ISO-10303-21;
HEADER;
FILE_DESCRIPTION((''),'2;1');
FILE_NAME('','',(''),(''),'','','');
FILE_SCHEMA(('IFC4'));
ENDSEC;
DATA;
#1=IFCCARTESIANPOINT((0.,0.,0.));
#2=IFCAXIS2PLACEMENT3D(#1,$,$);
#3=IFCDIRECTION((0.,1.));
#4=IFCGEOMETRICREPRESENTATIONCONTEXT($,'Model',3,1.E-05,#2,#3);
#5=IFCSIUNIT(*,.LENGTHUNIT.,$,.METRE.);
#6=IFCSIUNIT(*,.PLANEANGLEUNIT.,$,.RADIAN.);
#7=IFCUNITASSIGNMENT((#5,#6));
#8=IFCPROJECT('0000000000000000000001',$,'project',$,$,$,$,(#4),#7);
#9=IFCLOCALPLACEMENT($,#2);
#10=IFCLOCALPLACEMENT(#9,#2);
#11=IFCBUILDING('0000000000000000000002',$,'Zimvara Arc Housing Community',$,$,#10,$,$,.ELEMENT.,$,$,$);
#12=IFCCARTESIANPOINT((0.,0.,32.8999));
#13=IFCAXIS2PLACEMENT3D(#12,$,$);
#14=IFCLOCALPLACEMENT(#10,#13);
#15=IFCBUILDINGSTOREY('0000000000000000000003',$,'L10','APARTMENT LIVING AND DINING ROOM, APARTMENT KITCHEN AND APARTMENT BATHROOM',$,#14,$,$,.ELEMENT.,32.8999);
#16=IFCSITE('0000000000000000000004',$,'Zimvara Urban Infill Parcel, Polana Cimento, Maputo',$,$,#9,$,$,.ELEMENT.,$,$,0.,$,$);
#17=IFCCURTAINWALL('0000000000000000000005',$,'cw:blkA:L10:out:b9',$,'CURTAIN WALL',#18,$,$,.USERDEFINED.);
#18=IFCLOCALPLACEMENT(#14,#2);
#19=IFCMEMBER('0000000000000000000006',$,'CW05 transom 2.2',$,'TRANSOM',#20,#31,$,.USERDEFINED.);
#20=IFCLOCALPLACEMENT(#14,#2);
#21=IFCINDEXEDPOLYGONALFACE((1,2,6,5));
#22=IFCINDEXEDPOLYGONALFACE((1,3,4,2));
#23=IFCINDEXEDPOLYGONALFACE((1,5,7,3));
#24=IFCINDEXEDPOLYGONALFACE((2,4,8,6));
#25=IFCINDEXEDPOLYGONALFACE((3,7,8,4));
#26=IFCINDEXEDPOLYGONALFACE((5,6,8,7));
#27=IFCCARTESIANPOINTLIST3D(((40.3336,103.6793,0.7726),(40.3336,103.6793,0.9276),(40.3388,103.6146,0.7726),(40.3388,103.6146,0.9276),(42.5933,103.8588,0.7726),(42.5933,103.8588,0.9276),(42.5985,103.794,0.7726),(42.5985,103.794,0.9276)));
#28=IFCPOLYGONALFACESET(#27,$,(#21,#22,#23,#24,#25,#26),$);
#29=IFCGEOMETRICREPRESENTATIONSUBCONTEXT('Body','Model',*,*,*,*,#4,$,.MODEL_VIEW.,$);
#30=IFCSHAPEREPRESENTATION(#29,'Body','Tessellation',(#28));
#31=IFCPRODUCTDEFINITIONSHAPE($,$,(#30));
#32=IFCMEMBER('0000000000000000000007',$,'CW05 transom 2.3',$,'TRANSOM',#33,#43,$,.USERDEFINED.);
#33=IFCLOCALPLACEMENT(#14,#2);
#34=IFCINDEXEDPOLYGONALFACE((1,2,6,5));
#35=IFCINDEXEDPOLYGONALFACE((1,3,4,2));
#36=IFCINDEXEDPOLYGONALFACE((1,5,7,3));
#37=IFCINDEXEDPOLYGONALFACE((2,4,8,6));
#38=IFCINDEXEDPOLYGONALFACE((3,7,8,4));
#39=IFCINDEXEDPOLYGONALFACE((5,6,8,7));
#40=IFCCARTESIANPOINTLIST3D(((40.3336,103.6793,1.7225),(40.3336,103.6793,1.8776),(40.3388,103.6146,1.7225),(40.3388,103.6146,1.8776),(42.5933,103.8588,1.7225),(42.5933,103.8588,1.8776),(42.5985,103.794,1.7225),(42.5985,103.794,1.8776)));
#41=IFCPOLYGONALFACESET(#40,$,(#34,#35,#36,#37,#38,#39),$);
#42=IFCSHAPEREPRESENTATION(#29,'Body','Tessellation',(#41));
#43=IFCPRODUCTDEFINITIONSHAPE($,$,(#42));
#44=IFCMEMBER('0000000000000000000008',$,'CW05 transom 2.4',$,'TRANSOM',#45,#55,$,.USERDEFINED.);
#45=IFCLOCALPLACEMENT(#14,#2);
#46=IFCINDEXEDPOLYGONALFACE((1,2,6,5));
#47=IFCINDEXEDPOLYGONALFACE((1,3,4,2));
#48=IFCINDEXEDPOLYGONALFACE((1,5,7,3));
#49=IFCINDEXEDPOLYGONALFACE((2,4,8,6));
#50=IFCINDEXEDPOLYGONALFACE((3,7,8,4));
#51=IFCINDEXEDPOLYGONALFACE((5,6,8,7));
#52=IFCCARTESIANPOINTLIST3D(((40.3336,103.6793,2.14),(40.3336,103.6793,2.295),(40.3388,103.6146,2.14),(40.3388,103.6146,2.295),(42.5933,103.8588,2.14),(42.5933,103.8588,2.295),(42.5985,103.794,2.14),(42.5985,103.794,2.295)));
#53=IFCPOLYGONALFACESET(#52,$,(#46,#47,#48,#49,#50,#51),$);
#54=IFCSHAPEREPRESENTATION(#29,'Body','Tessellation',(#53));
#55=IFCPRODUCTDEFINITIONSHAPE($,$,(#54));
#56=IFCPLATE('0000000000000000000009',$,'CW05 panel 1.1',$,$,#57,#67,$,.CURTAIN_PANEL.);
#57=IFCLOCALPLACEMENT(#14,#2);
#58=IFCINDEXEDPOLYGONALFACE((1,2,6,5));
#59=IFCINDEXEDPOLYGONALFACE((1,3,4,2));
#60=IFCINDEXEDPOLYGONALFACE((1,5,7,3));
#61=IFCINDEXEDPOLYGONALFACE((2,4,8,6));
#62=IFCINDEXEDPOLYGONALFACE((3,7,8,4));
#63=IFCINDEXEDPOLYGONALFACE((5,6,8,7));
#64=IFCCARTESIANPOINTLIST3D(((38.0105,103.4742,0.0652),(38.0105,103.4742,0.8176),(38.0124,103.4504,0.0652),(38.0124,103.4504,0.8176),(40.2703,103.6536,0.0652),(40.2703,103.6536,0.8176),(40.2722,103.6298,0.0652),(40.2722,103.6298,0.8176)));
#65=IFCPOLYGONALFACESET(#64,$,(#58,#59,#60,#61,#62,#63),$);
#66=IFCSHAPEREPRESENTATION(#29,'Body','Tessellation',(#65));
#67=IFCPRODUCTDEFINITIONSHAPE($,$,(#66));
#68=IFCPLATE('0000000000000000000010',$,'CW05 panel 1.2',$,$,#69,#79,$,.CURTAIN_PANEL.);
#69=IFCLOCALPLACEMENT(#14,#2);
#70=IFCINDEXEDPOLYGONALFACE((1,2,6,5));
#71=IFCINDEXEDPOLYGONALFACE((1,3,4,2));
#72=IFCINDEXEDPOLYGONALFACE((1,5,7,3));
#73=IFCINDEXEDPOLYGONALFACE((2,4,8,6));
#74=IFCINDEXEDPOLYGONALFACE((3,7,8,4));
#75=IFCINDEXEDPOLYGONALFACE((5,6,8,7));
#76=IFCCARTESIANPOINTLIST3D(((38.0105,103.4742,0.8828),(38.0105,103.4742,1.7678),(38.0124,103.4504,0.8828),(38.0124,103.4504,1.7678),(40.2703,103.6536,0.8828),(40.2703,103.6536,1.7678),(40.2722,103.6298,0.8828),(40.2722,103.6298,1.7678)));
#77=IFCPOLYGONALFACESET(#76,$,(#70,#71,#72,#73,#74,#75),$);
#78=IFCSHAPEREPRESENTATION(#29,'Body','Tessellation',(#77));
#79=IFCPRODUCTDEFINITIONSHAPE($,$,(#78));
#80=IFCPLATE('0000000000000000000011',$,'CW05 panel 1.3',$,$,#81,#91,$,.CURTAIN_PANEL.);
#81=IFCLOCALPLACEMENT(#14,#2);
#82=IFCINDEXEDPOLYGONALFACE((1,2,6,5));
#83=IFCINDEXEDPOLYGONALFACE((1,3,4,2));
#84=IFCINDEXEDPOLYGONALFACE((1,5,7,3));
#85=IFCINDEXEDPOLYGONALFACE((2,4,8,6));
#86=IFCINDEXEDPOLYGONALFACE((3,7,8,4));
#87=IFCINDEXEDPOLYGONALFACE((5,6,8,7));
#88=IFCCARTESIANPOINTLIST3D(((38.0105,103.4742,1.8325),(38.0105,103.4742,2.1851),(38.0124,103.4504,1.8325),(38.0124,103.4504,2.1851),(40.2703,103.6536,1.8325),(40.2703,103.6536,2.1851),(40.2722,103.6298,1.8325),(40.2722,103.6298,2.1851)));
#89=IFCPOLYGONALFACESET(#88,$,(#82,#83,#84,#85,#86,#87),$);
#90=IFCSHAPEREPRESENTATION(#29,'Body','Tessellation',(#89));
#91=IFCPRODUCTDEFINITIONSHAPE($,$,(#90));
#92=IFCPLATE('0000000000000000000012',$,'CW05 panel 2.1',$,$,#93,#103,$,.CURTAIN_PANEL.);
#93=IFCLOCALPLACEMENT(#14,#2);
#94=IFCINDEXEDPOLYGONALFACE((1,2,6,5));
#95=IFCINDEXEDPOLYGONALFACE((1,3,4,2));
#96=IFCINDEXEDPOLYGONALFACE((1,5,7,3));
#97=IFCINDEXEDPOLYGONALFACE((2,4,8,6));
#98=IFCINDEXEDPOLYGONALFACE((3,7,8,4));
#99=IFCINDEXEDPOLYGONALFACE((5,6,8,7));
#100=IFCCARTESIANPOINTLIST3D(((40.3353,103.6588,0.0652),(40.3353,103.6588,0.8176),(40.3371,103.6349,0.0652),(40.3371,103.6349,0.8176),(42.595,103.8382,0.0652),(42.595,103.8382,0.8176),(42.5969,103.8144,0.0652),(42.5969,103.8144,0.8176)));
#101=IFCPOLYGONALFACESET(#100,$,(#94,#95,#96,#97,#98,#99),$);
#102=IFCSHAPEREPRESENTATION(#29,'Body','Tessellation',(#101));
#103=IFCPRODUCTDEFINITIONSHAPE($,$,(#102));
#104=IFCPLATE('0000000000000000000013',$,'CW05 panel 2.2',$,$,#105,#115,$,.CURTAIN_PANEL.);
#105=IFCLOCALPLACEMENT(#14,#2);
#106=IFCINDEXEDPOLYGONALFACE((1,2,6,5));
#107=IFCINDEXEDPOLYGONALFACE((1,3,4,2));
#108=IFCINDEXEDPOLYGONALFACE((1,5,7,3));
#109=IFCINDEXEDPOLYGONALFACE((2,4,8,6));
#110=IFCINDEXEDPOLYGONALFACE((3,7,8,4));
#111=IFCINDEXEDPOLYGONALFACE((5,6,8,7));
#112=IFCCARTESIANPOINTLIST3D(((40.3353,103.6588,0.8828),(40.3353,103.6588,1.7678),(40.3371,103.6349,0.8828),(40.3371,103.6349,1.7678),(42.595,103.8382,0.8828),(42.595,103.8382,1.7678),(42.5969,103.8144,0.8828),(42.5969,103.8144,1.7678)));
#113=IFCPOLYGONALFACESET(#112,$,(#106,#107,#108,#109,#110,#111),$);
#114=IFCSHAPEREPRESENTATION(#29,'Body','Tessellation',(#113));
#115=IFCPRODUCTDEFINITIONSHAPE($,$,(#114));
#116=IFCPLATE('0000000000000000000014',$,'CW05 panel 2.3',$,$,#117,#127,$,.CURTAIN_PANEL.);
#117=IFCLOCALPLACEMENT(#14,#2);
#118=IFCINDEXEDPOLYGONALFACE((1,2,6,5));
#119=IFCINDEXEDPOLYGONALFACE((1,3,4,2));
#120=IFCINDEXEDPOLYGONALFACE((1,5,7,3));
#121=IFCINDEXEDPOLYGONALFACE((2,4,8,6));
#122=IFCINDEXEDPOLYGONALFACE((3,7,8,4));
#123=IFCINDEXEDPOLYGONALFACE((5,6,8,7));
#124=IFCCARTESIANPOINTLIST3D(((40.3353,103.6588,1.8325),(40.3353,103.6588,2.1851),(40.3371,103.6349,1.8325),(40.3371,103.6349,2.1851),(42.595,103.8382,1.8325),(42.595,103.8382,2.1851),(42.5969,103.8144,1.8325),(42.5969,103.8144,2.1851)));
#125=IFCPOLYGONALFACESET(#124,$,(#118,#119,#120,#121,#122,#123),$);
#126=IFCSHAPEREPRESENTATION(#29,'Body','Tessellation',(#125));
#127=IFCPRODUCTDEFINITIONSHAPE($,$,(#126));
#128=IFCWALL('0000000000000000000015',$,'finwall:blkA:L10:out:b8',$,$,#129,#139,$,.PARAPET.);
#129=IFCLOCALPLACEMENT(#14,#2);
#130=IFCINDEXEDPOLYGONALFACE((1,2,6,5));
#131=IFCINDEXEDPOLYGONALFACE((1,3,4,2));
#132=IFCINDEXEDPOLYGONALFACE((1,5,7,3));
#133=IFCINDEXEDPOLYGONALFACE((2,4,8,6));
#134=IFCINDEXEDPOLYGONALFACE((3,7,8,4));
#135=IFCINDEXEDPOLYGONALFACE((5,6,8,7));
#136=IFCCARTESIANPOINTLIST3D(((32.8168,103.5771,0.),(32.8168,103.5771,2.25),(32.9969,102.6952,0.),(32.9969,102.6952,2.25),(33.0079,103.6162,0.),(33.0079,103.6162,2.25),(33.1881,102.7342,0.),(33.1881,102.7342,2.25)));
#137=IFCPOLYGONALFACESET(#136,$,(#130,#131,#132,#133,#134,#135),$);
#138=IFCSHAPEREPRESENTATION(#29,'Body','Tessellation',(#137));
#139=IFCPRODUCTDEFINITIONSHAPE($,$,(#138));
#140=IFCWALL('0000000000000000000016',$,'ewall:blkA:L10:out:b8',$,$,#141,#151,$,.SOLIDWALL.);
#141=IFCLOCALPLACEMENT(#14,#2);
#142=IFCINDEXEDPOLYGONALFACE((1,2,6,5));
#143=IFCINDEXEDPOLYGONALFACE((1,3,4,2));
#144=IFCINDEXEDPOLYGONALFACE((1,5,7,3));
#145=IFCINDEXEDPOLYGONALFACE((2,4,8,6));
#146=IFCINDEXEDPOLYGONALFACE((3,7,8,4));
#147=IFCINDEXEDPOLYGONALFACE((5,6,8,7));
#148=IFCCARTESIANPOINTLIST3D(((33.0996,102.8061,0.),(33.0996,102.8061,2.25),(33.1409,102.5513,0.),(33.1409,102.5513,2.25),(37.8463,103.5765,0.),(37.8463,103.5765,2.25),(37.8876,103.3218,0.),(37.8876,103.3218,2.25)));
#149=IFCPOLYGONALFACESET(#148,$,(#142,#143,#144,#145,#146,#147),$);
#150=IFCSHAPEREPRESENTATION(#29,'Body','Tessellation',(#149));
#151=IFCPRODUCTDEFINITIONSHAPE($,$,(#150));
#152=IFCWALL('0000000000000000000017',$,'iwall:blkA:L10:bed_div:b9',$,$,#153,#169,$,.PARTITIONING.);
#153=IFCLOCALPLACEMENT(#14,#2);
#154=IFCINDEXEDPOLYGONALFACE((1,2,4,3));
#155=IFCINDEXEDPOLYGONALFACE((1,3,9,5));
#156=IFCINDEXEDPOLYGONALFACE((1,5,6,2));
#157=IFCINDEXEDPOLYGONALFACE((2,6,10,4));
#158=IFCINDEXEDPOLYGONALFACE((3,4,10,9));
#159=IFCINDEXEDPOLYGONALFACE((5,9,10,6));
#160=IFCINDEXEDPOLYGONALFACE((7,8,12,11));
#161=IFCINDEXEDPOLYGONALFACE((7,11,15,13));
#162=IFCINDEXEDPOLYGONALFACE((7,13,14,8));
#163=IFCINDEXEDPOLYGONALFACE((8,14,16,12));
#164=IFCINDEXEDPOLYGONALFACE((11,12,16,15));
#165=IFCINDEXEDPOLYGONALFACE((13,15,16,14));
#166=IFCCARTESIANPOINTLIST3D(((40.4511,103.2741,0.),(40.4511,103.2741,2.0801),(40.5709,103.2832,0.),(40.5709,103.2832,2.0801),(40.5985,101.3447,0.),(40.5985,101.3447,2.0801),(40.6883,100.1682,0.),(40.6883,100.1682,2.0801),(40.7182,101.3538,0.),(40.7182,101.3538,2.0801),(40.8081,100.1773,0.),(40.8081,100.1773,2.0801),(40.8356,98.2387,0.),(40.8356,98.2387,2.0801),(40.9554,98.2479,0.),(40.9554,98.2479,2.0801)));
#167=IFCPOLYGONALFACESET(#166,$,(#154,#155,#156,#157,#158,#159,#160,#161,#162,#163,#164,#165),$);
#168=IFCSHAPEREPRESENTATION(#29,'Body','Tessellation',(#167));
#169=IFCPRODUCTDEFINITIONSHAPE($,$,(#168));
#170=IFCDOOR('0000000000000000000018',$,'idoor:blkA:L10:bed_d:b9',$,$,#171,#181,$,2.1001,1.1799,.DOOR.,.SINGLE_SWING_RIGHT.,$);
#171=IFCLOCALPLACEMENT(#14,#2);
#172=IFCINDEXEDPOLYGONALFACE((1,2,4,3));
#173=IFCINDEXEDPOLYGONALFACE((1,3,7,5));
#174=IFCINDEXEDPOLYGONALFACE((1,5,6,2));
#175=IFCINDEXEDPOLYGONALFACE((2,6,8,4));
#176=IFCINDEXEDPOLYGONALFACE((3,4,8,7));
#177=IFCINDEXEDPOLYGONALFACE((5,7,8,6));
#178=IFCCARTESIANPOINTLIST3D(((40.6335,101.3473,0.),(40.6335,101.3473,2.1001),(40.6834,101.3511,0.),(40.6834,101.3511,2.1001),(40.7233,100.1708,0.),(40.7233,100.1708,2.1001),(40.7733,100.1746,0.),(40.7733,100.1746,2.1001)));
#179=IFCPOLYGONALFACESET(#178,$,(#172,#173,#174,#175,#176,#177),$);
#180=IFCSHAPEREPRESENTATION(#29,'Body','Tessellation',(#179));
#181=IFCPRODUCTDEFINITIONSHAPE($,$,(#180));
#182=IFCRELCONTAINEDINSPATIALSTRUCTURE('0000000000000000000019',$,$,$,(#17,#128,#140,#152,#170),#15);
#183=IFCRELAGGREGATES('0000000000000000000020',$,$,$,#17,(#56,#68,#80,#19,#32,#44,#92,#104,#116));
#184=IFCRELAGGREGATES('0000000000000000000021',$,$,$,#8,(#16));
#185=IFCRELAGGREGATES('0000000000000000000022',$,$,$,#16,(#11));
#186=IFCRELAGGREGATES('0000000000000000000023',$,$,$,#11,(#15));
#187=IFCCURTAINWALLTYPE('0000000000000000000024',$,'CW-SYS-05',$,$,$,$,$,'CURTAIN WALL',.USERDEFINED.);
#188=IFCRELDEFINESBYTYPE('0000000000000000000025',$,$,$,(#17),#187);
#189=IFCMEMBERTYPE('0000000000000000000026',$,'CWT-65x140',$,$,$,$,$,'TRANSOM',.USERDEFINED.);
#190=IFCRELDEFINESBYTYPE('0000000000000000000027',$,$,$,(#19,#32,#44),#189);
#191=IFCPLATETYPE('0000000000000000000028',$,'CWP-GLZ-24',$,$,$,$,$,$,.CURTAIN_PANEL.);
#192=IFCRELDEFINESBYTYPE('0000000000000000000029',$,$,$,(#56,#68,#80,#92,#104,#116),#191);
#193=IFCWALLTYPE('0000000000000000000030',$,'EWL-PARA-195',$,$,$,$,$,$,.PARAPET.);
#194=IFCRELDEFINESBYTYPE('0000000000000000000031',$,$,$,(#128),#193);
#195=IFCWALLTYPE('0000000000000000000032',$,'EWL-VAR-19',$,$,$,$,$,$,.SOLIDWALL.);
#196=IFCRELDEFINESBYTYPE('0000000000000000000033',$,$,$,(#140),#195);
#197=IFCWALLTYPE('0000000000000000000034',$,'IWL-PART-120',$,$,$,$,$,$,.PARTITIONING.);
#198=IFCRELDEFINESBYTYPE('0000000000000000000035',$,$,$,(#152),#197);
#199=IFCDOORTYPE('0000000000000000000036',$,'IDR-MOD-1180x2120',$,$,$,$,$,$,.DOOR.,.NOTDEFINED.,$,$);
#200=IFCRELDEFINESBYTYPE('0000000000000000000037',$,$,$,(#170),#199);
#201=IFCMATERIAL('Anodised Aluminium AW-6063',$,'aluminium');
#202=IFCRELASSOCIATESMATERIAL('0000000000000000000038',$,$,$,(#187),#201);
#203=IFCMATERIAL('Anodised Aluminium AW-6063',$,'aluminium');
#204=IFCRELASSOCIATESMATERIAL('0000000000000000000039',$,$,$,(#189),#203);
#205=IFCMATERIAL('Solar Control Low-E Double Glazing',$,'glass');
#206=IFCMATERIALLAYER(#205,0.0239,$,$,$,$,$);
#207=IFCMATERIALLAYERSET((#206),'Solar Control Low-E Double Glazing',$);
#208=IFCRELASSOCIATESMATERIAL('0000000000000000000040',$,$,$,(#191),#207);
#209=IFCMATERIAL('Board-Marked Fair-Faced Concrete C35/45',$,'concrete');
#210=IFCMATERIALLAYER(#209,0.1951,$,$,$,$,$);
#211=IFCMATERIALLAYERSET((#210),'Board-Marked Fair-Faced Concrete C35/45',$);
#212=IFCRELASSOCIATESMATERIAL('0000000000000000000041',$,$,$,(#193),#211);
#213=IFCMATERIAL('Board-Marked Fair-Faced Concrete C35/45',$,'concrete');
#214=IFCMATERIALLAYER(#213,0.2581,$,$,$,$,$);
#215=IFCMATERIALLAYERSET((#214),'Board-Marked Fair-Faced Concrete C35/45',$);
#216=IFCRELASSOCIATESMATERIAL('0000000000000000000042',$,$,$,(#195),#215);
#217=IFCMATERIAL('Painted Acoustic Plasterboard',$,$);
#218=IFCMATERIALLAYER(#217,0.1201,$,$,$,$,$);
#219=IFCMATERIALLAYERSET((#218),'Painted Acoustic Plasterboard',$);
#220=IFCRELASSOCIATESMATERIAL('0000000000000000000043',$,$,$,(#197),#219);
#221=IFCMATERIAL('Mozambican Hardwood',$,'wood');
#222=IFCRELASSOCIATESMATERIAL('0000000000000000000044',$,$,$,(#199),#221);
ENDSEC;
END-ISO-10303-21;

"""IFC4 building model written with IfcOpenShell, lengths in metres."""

from ifc_helpers import new_model, si_unit, direction, frame, frame_2d, origin, origin_2d, place, context, subcontext, project, spatial, rectangle, extrude, material, layer, layer_set, material_profile, profile_set, type_object, element, fill, aggregate, save


model = new_model("IFC4")

# Units and contexts
model_context = context("Model", 3, precision=1e-05, world=origin(), true_north=direction((0.0, 1.0)))
body_context = subcontext(model_context, "Body", "Model", "MODEL_VIEW")
ifc_project = project(units=[si_unit("LENGTHUNIT", "METRE"), si_unit("PLANEANGLEUNIT", "RADIAN")], contexts=[model_context])

# Site, building, storey
site_placement = place(None, origin())
site = spatial("IfcSite", under=ifc_project, at=site_placement, Name="Zimvara Urban Infill Parcel, Polana Cimento, Maputo", CompositionType="ELEMENT", RefElevation=0.0)
building_placement = place(site_placement, origin())
building = spatial("IfcBuilding", under=site, at=building_placement, Name="Zimvara Arc Housing Community", CompositionType="ELEMENT")
storey_placement = place(building_placement, frame((0.0, 0.0, 32.8999)))
storey = spatial("IfcBuildingStorey", under=building, at=storey_placement, Name="L10", Description="APARTMENT LIVING AND DINING ROOM, APARTMENT KITCHEN AND APARTMENT BATHROOM", CompositionType="ELEMENT", Elevation=32.8999)

# Curtain wall, members, plates
ifc_material_1 = material(Name="Anodised Aluminium AW-6063", Category="aluminium")
curtain_wall_type = type_object("IfcCurtainWallType", Name="CW-SYS-05", ElementType="CURTAIN WALL", PredefinedType="USERDEFINED", material=ifc_material_1)
curtain_wall_placement = place(storey_placement, origin())
curtain_wall = element("IfcCurtainWall", 1, at=curtain_wall_placement, inside=storey, type_object=curtain_wall_type, Name="cw:blkA:L10:out:b9", ObjectType="CURTAIN WALL", PredefinedType="USERDEFINED")
ifc_material_2 = material(Name="Anodised Aluminium AW-6063", Category="aluminium")
ifc_material_profile_1 = material_profile(ifc_material_2, rectangle(XDim=0.0649, YDim=0.155, at=origin_2d()), Name="ALU 65x155")
ifc_profile_set_1 = profile_set([ifc_material_profile_1], Name="Anodised Aluminium AW-6063")
member_type_1 = type_object("IfcMemberType", Name="CWT-65x140", ElementType="TRANSOM", PredefinedType="USERDEFINED", material=ifc_profile_set_1)
member_1_placement = place(storey_placement, frame((40.3362, 103.647, 0.8501), z_axis=(0.996862, 0.079159, 0.0), x_axis=(-0.079159, 0.996862, 0.0)))
member_1 = element("IfcMember", 2, at=member_1_placement, type_object=member_type_1, Name="CW05 transom 2.2", ObjectType="TRANSOM", PredefinedType="USERDEFINED", context=body_context, shape_type="SweptSolid", body=[
    extrude(rectangle(XDim=0.0649, YDim=0.155, at=origin_2d()), origin(), (0.0, 0.0, 1.0), 2.2668),
])
member_2_placement = place(storey_placement, frame((40.3362, 103.647, 1.8), z_axis=(0.996862, 0.079159, 0.0), x_axis=(-0.079159, 0.996862, 0.0)))
member_2 = element("IfcMember", 3, at=member_2_placement, type_object=member_type_1, Name="CW05 transom 2.3", ObjectType="TRANSOM", PredefinedType="USERDEFINED", context=body_context, shape_type="SweptSolid", body=[
    extrude(rectangle(XDim=0.0649, YDim=0.155, at=origin_2d()), origin(), (0.0, 0.0, 1.0), 2.2668),
])
member_3_placement = place(storey_placement, frame((40.3362, 103.647, 2.2175), z_axis=(0.996862, 0.079159, 0.0), x_axis=(-0.079159, 0.996862, 0.0)))
member_3 = element("IfcMember", 4, at=member_3_placement, type_object=member_type_1, Name="CW05 transom 2.4", ObjectType="TRANSOM", PredefinedType="USERDEFINED", context=body_context, shape_type="SweptSolid", body=[
    extrude(rectangle(XDim=0.0649, YDim=0.155, at=origin_2d()), origin(), (0.0, 0.0, 1.0), 2.2668),
])
ifc_material_3 = material(Name="Solar Control Low-E Double Glazing", Category="glass")
ifc_layer_1 = layer(ifc_material_3, 0.0239)
ifc_layer_set_1 = layer_set([ifc_layer_1], Name="Solar Control Low-E Double Glazing")
plate_type = type_object("IfcPlateType", Name="CWP-GLZ-24", PredefinedType="CURTAIN_PANEL", material=ifc_layer_set_1)
plate_1_placement = place(storey_placement, frame((39.1414, 103.552, 0.0652), z_axis=(0.0, 0.0, 1.0), x_axis=(0.996862, 0.079154, 0.0)))
plate_1 = element("IfcPlate", 5, at=plate_1_placement, type_object=plate_type, Name="CW05 panel 1.1", PredefinedType="CURTAIN_PANEL", context=body_context, shape_type="SweptSolid", body=[
    extrude(rectangle(XDim=2.2668, YDim=0.0239, at=origin_2d()), origin(), (0.0, 0.0, 1.0), 0.7524),
])
plate_2_placement = place(storey_placement, frame((39.1414, 103.552, 0.8828), z_axis=(0.0, 0.0, 1.0), x_axis=(0.996862, 0.079154, 0.0)))
plate_2 = element("IfcPlate", 6, at=plate_2_placement, type_object=plate_type, Name="CW05 panel 1.2", PredefinedType="CURTAIN_PANEL", context=body_context, shape_type="SweptSolid", body=[
    extrude(rectangle(XDim=2.2668, YDim=0.0239, at=origin_2d()), origin(), (0.0, 0.0, 1.0), 0.885),
])
plate_3_placement = place(storey_placement, frame((39.1414, 103.552, 1.8325), z_axis=(0.0, 0.0, 1.0), x_axis=(0.996862, 0.079154, 0.0)))
plate_3 = element("IfcPlate", 7, at=plate_3_placement, type_object=plate_type, Name="CW05 panel 1.3", PredefinedType="CURTAIN_PANEL", context=body_context, shape_type="SweptSolid", body=[
    extrude(rectangle(XDim=2.2668, YDim=0.0239, at=origin_2d()), origin(), (0.0, 0.0, 1.0), 0.3525),
])
plate_4_placement = place(storey_placement, frame((41.4661, 103.7366, 0.0652), z_axis=(0.0, 0.0, 1.0), x_axis=(0.996862, 0.079154, 0.0)))
plate_4 = element("IfcPlate", 8, at=plate_4_placement, type_object=plate_type, Name="CW05 panel 2.1", PredefinedType="CURTAIN_PANEL", context=body_context, shape_type="SweptSolid", body=[
    extrude(rectangle(XDim=2.2668, YDim=0.0239, at=origin_2d()), origin(), (0.0, 0.0, 1.0), 0.7524),
])
plate_5_placement = place(storey_placement, frame((41.4661, 103.7366, 0.8828), z_axis=(0.0, 0.0, 1.0), x_axis=(0.996862, 0.079154, 0.0)))
plate_5 = element("IfcPlate", 9, at=plate_5_placement, type_object=plate_type, Name="CW05 panel 2.2", PredefinedType="CURTAIN_PANEL", context=body_context, shape_type="SweptSolid", body=[
    extrude(rectangle(XDim=2.2668, YDim=0.0239, at=origin_2d()), origin(), (0.0, 0.0, 1.0), 0.885),
])
plate_6_placement = place(storey_placement, frame((41.4661, 103.7366, 1.8325), z_axis=(0.0, 0.0, 1.0), x_axis=(0.996862, 0.079154, 0.0)))
plate_6 = element("IfcPlate", 10, at=plate_6_placement, type_object=plate_type, Name="CW05 panel 2.3", PredefinedType="CURTAIN_PANEL", context=body_context, shape_type="SweptSolid", body=[
    extrude(rectangle(XDim=2.2668, YDim=0.0239, at=origin_2d()), origin(), (0.0, 0.0, 1.0), 0.3525),
])
aggregate(curtain_wall, [plate_1, plate_2, plate_3, member_1, member_2, member_3, plate_4, plate_5, plate_6])

# Walls
ifc_material_4 = material(Name="Board-Marked Fair-Faced Concrete C35/45", Category="concrete")
ifc_layer_2 = layer(ifc_material_4, 0.1951)
ifc_layer_set_2 = layer_set([ifc_layer_2], Name="Board-Marked Fair-Faced Concrete C35/45")
wall_type_1 = type_object("IfcWallType", Name="EWL-PARA-195", PredefinedType="PARAPET", material=ifc_layer_set_2)
wall_1_placement = place(storey_placement, frame((33.0925, 102.7146, 0.0), z_axis=(0.0, 0.0, 1.0), x_axis=(-0.200183, 0.979758, 0.0)))
element("IfcWall", 11, at=wall_1_placement, inside=storey, type_object=wall_type_1, Name="finwall:blkA:L10:out:b8", PredefinedType="PARAPET", context=body_context, shape_type="SweptSolid", body=[
    extrude(rectangle(XDim=0.9001, YDim=0.1951, at=frame_2d((0.4502, 0.0))), origin(), (0.0, 0.0, 1.0), 2.25),
])
ifc_material_5 = material(Name="Board-Marked Fair-Faced Concrete C35/45", Category="concrete")
ifc_layer_3 = layer(ifc_material_5, 0.2581)
ifc_layer_set_3 = layer_set([ifc_layer_3], Name="Board-Marked Fair-Faced Concrete C35/45")
wall_type_2 = type_object("IfcWallType", Name="EWL-VAR-19", PredefinedType="SOLIDWALL", material=ifc_layer_set_3)
wall_2_placement = place(storey_placement, frame((33.1204, 102.6787, 0.0), z_axis=(0.0, 0.0, 1.0), x_axis=(0.987081, 0.160224, 0.0)))
element("IfcWall", 12, at=wall_2_placement, inside=storey, type_object=wall_type_2, Name="ewall:blkA:L10:out:b8", PredefinedType="SOLIDWALL", context=body_context, shape_type="SweptSolid", body=[
    extrude(rectangle(XDim=4.8088, YDim=0.2581, at=frame_2d((2.4043, 0.0))), origin(), (0.0, 0.0, 1.0), 2.25),
])

# Wall, opening, door
ifc_material_6 = material(Name="Painted Acoustic Plasterboard")
ifc_layer_4 = layer(ifc_material_6, 0.1201)
ifc_layer_set_4 = layer_set([ifc_layer_4], Name="Painted Acoustic Plasterboard")
wall_type_3 = type_object("IfcWallType", Name="IWL-PART-120", PredefinedType="PARTITIONING", material=ifc_layer_set_4)
wall_3_placement = place(storey_placement, frame((40.8955, 98.2434, 0.0), z_axis=(0.0, 0.0, 1.0), x_axis=(-0.076142, 0.997097, 0.0)))
wall_3 = element("IfcWall", 13, at=wall_3_placement, inside=storey, type_object=wall_type_3, Name="iwall:blkA:L10:bed_div:b9", PredefinedType="PARTITIONING", context=body_context, shape_type="SweptSolid", body=[
    extrude(rectangle(XDim=5.05, YDim=0.1201, at=frame_2d((2.5249, 0.0))), origin(), (0.0, 0.0, 1.0), 2.0801),
])
opening_1_placement = place(wall_3_placement, frame((1.9351, 0.0, 0.0)))
opening_1 = element("IfcOpeningElement", 14, at=opening_1_placement, cuts=wall_3, PredefinedType="OPENING", context=body_context, shape_type="SweptSolid", body=[
    extrude(rectangle(XDim=1.1799, YDim=2.1001, at=frame_2d((0.5898, 1.05))), frame((0.0, 0.0701, 0.0), z_axis=(0.0, -1.0, 0.0), x_axis=(1.0, 0.0, 0.0)), (0.0, 0.0, 1.0), 0.1401),
])
ifc_material_7 = material(Name="Mozambican Hardwood", Category="wood")
door_type_1 = type_object("IfcDoorType", Name="IDR-MOD-1180x2120", OperationType="NOTDEFINED", PredefinedType="DOOR", material=ifc_material_7)
door_1_placement = place(opening_1_placement, origin())
door_1 = element("IfcDoor", 15, at=door_1_placement, inside=storey, type_object=door_type_1, Name="idoor:blkA:L10:bed_d:b9", OperationType="SINGLE_SWING_RIGHT", OverallHeight=2.1001, OverallWidth=1.1799, PredefinedType="DOOR", context=body_context, shape_type="SweptSolid", body=[
    extrude(rectangle(XDim=1.1799, YDim=2.1001, at=frame_2d((0.5898, 1.05))), frame((0.0, 0.0249, 0.0), z_axis=(0.0, -1.0, 0.0), x_axis=(1.0, 0.0, 0.0)), (0.0, 0.0, 1.0), 0.05),
])
fill(opening_1, door_1)

save(model, "model.ifc")
